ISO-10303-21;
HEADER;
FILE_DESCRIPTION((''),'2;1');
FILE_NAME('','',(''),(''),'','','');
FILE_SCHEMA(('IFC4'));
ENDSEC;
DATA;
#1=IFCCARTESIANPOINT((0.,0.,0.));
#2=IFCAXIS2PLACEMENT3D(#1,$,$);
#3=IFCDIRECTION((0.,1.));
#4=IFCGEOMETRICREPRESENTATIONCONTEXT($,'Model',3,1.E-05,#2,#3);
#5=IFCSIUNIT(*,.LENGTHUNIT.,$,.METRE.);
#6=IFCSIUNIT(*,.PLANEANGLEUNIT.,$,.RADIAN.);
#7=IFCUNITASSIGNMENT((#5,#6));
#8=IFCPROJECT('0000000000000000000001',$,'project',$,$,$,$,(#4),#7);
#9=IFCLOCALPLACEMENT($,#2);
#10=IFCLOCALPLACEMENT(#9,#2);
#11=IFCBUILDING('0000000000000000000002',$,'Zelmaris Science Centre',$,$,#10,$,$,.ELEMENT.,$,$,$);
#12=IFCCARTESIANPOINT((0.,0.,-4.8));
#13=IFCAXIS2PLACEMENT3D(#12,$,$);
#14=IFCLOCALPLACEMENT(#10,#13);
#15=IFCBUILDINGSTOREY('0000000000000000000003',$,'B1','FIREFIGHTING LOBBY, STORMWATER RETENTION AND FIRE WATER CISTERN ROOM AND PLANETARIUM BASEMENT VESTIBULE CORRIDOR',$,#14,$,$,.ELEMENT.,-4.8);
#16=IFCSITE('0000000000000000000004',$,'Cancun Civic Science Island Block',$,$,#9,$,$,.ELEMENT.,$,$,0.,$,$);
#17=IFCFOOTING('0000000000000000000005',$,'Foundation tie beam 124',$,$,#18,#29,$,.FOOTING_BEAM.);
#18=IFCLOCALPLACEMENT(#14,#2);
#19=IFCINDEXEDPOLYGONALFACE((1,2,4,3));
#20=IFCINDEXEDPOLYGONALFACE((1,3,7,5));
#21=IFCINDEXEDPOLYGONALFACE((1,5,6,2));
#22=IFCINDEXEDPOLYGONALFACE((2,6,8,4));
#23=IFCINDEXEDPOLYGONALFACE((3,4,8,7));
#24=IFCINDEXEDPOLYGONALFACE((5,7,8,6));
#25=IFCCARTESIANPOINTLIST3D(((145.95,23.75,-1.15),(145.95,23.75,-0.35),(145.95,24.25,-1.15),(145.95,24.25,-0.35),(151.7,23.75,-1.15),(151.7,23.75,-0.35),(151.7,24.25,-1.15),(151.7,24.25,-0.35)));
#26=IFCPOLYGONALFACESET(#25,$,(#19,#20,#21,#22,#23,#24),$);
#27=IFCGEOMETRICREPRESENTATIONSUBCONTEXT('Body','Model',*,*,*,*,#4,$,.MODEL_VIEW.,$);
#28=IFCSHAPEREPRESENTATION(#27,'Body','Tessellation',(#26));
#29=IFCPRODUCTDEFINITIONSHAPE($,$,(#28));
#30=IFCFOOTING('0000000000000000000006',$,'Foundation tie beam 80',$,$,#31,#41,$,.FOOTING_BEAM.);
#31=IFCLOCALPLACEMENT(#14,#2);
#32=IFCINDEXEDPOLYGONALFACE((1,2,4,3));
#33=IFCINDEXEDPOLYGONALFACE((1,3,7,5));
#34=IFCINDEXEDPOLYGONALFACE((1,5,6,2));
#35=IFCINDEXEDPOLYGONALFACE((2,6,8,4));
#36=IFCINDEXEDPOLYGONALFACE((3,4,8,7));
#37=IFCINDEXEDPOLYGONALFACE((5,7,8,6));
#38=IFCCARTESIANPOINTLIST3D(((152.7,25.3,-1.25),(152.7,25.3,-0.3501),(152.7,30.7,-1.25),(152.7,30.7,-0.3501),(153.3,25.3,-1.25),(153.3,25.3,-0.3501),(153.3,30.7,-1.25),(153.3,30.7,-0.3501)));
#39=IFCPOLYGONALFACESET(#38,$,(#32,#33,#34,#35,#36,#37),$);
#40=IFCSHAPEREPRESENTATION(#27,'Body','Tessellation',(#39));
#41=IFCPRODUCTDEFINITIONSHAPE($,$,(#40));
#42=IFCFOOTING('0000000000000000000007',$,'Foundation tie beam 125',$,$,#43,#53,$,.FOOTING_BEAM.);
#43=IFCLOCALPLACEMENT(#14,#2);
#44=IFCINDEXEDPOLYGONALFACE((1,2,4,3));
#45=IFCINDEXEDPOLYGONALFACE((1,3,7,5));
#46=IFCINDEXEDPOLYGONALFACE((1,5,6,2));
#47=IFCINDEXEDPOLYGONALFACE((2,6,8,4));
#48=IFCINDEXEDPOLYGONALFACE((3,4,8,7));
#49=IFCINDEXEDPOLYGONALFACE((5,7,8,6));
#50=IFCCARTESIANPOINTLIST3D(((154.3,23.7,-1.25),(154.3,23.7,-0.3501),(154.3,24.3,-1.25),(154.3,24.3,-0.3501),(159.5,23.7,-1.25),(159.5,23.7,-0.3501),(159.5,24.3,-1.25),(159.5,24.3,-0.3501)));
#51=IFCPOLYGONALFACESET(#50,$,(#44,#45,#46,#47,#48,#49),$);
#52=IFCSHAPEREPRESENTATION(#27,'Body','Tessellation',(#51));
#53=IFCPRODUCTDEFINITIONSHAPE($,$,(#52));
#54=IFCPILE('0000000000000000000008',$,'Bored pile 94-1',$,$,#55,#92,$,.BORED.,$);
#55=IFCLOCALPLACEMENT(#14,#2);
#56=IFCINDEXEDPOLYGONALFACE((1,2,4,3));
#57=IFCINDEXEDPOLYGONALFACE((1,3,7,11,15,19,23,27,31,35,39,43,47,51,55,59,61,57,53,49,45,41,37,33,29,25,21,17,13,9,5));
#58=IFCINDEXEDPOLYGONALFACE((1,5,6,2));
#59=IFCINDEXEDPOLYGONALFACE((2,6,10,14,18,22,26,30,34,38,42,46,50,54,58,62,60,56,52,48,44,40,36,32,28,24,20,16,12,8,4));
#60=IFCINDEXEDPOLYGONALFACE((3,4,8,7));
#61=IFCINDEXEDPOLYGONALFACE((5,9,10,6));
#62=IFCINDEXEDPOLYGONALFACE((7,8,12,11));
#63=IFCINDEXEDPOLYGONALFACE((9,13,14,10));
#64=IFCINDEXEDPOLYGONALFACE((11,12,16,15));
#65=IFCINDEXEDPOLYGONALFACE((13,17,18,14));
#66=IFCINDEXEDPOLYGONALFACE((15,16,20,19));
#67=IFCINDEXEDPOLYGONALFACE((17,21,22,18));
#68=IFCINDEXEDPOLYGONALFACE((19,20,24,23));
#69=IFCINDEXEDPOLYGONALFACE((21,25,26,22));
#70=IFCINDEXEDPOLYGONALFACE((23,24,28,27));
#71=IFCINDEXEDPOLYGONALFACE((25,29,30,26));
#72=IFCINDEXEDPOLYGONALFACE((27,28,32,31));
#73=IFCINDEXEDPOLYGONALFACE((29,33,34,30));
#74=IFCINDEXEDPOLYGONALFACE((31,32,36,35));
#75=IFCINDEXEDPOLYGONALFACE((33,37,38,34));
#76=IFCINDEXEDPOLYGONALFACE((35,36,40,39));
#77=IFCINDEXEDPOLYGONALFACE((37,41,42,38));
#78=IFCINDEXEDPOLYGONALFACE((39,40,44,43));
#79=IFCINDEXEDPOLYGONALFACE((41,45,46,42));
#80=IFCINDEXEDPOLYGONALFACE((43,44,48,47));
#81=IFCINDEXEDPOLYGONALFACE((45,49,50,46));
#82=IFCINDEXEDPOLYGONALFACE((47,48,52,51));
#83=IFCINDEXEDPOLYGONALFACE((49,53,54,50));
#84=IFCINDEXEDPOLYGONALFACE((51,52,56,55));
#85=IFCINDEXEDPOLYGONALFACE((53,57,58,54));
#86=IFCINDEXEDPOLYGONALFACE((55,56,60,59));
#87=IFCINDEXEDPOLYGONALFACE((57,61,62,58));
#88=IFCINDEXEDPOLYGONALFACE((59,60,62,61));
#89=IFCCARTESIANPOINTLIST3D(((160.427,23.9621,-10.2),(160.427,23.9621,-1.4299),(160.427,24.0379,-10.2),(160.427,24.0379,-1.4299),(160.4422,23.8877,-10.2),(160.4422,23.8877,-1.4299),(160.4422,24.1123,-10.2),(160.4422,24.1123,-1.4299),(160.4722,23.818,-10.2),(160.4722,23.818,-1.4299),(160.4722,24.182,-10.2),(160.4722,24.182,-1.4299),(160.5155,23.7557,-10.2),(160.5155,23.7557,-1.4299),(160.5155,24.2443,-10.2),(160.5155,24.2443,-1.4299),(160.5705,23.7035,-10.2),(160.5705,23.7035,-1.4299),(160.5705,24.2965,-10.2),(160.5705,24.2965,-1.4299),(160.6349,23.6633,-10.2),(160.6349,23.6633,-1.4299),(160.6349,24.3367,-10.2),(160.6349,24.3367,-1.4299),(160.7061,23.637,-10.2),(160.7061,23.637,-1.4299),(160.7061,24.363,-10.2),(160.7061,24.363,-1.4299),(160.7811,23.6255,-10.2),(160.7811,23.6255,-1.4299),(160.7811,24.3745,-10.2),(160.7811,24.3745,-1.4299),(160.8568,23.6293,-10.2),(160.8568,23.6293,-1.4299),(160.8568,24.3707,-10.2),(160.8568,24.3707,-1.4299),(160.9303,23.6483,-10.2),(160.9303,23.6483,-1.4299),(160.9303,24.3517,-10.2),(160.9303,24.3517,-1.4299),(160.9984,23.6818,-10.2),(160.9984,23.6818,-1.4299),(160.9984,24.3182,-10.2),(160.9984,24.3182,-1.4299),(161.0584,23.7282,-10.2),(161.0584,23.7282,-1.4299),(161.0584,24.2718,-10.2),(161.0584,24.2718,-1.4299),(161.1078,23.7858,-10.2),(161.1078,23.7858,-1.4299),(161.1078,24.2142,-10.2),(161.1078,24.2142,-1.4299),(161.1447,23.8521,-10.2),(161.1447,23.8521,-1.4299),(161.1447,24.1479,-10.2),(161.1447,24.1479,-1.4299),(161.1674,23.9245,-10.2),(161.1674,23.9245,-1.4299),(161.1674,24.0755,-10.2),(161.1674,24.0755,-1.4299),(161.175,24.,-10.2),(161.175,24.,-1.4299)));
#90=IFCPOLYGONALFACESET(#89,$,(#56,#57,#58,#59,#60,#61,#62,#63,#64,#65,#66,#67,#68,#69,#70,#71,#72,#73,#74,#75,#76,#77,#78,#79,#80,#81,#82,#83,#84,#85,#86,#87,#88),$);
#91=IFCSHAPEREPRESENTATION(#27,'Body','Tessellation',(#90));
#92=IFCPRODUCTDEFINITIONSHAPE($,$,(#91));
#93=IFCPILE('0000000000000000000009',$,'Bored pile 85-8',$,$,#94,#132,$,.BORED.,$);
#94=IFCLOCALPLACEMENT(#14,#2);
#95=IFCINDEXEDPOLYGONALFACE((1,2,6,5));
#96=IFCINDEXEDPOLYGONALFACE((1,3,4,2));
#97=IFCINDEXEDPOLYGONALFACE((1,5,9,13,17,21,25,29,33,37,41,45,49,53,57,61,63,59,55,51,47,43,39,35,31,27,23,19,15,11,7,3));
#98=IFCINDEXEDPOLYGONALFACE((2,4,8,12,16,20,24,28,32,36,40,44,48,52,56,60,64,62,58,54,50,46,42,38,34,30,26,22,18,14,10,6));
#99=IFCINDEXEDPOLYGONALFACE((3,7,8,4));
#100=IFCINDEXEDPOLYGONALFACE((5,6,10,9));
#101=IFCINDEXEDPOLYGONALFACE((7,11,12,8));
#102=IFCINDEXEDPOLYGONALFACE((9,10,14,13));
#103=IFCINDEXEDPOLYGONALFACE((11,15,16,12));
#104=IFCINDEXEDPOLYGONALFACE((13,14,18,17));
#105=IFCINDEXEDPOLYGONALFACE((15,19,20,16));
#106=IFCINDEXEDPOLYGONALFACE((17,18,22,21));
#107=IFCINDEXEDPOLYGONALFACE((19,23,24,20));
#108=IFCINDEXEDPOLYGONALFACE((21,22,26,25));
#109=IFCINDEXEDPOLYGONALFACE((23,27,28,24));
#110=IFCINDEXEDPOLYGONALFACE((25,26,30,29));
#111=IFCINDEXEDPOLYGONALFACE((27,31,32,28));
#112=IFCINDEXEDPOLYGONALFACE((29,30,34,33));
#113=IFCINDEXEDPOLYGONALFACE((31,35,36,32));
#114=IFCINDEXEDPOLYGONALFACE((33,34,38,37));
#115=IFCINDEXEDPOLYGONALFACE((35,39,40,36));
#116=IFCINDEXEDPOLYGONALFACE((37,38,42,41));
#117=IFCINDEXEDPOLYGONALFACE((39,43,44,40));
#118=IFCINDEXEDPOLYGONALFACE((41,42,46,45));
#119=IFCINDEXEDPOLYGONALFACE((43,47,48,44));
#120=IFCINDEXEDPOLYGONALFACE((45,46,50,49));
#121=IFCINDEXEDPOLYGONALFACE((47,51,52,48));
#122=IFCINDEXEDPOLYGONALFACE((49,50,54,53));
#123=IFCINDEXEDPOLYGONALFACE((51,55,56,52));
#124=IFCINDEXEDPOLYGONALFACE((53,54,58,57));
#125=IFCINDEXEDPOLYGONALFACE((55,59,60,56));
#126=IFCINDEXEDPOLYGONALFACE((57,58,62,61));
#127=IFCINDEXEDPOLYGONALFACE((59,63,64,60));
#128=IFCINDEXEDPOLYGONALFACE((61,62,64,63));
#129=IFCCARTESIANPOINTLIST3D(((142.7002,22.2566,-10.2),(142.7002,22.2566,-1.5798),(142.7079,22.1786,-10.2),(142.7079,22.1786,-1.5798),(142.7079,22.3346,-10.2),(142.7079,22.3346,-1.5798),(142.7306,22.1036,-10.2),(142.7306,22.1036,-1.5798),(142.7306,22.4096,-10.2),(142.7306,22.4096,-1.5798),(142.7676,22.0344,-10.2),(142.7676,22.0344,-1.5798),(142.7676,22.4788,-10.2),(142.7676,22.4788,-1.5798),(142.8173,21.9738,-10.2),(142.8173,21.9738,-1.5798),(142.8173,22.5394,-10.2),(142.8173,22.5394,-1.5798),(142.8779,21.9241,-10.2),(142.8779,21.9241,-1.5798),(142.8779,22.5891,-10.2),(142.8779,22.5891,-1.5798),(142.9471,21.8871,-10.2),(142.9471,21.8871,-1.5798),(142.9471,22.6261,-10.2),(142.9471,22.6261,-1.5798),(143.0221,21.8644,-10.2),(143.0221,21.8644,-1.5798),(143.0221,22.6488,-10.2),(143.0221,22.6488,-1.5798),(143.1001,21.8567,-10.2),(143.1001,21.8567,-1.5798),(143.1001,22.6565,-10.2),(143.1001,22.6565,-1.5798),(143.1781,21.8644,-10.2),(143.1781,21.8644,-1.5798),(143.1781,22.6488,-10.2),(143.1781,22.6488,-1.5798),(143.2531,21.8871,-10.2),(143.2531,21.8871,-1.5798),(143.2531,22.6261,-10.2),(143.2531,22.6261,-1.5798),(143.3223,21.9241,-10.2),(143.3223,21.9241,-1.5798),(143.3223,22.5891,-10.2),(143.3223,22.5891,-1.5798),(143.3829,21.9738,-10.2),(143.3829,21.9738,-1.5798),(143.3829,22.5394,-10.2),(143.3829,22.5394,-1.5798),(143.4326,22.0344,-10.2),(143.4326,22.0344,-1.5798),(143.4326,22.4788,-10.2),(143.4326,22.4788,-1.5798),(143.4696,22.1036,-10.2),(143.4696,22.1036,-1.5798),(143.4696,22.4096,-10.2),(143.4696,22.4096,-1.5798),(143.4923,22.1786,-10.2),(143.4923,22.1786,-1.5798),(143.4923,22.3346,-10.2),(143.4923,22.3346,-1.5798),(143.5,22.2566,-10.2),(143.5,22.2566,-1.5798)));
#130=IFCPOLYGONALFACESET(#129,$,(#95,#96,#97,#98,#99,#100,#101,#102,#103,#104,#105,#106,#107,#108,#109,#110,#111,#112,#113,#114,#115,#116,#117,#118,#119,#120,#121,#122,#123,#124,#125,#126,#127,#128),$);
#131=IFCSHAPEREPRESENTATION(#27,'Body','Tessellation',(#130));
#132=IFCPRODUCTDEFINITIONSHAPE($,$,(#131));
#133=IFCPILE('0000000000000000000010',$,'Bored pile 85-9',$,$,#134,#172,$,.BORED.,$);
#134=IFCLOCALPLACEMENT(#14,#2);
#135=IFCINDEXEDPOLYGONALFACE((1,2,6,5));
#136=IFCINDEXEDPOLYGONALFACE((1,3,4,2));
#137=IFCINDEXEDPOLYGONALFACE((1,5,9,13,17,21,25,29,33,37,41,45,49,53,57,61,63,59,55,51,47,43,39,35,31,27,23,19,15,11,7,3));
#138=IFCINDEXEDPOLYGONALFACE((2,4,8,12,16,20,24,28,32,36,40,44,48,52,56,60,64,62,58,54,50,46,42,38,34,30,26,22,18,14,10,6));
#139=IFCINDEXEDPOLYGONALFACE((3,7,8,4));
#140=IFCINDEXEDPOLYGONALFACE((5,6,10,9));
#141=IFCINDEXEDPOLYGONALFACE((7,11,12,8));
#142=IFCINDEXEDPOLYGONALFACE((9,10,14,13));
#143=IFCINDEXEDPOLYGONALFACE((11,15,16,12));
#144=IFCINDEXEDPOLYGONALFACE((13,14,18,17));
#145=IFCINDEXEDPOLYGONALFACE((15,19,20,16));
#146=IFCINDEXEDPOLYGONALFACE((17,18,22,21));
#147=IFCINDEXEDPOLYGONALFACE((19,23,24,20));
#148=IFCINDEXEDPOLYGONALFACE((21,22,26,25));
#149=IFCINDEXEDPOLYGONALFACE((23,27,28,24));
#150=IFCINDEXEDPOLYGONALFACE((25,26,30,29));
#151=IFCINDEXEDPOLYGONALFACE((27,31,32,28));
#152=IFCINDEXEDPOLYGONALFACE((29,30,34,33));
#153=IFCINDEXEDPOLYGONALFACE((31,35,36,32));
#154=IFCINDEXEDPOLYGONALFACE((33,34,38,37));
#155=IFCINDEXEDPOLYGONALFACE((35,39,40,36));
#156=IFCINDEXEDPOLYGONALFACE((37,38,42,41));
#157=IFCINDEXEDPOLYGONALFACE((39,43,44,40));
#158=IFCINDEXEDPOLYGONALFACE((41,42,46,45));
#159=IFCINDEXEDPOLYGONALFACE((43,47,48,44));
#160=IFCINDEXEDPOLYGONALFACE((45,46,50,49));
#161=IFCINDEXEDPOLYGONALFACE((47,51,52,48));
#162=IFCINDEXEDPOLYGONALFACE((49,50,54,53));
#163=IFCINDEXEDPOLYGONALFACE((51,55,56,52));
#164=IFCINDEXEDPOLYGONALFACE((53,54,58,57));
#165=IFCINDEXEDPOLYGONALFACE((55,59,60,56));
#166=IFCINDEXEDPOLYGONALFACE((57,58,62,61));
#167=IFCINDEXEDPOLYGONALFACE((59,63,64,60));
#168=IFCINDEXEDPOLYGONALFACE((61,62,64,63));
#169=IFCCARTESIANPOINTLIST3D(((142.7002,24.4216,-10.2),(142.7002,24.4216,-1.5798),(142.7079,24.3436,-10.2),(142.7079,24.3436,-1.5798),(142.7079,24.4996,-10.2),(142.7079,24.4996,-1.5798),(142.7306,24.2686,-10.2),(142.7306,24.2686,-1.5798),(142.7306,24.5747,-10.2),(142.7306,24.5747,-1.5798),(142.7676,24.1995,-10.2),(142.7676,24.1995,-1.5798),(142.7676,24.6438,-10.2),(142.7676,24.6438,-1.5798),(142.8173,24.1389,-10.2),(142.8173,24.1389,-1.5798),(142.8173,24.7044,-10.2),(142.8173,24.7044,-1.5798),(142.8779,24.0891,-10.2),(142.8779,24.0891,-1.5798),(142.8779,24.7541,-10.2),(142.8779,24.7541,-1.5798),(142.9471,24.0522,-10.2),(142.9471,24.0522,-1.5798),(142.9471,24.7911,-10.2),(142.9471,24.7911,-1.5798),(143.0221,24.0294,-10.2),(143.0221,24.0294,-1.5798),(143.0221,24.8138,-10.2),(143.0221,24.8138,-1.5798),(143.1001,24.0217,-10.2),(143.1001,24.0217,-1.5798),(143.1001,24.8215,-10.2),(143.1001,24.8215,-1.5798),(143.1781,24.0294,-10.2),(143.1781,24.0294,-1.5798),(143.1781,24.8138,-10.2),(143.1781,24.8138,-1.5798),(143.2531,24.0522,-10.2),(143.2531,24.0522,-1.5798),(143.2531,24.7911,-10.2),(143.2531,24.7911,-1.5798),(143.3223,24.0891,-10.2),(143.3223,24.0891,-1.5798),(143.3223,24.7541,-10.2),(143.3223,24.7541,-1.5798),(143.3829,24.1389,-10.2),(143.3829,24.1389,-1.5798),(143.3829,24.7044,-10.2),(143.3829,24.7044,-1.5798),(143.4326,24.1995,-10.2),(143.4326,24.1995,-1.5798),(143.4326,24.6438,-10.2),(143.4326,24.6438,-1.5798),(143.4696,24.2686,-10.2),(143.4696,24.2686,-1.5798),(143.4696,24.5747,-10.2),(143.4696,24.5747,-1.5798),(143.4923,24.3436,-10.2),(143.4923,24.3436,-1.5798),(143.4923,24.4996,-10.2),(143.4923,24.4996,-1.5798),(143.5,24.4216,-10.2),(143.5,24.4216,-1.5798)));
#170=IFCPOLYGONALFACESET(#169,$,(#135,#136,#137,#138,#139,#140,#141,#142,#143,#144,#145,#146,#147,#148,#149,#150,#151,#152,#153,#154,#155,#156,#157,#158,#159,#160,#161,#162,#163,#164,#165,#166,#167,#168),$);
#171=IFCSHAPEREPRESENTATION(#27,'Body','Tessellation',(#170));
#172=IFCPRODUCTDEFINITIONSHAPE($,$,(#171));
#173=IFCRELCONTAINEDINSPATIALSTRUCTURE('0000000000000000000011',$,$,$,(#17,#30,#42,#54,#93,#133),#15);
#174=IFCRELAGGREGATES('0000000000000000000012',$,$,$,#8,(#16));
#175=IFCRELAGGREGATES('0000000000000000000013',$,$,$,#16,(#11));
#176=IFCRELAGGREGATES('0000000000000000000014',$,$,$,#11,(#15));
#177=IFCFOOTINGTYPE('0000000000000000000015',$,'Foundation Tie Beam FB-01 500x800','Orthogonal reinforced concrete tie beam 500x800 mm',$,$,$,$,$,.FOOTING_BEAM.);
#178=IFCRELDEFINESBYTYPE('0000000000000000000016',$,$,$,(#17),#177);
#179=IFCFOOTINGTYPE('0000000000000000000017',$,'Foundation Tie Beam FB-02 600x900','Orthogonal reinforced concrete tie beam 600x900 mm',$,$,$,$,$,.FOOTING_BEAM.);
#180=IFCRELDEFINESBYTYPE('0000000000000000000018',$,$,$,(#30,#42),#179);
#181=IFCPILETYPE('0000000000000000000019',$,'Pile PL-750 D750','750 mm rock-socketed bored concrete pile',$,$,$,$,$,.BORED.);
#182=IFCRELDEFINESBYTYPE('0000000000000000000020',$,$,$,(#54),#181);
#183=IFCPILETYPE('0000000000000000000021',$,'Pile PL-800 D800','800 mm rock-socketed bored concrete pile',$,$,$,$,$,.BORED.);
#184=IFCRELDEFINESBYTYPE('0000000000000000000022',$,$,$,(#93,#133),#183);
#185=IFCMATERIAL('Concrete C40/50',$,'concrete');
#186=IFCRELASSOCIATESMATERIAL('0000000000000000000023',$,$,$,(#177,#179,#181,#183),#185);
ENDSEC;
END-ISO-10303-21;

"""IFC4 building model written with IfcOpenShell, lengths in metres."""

from ifc_helpers import new_model, si_unit, direction, frame, origin, origin_2d, place, context, subcontext, project, spatial, rectangle, circle, extrude, material, material_profile, profile_set, type_object, element, save


model = new_model("IFC4")

# Units and contexts
model_context = context("Model", 3, precision=1e-05, world=origin(), true_north=direction((0.0, 1.0)))
body_context = subcontext(model_context, "Body", "Model", "MODEL_VIEW")
ifc_project = project(units=[si_unit("LENGTHUNIT", "METRE"), si_unit("PLANEANGLEUNIT", "RADIAN")], contexts=[model_context])

# Site, building, storey
site_placement = place(None, origin())
site = spatial("IfcSite", under=ifc_project, at=site_placement, Name="Cancun Civic Science Island Block", CompositionType="ELEMENT", RefElevation=0.0)
building_placement = place(site_placement, origin())
building = spatial("IfcBuilding", under=site, at=building_placement, Name="Zelmaris Science Centre", CompositionType="ELEMENT")
storey_placement = place(building_placement, frame((0.0, 0.0, -4.8)))
storey = spatial("IfcBuildingStorey", under=building, at=storey_placement, Name="B1", Description="FIREFIGHTING LOBBY, STORMWATER RETENTION AND FIRE WATER CISTERN ROOM AND PLANETARIUM BASEMENT VESTIBULE CORRIDOR", CompositionType="ELEMENT", Elevation=-4.8)

# Footings
ifc_material_1 = material(Name="Concrete C40/50", Category="concrete")
ifc_material_profile_1 = material_profile(ifc_material_1, rectangle(XDim=0.5, YDim=0.8, at=origin_2d()), Name="FB-500X800")
ifc_profile_set_1 = profile_set([ifc_material_profile_1], Name="Concrete C40/50")
footing_type_1 = type_object("IfcFootingType", Name="Foundation Tie Beam FB-01 500x800", Description="Orthogonal reinforced concrete tie beam 500x800 mm", PredefinedType="FOOTING_BEAM", material=ifc_profile_set_1)
footing_1_placement = place(storey_placement, frame((145.95, 24.0, -0.75), z_axis=(1.0, 0.0, 0.0), x_axis=(0.0, 1.0, 0.0)))
element("IfcFooting", 1, at=footing_1_placement, inside=storey, type_object=footing_type_1, Name="Foundation tie beam 124", PredefinedType="FOOTING_BEAM", context=body_context, shape_type="SweptSolid", body=[
    extrude(rectangle(XDim=0.5, YDim=0.8, at=origin_2d()), origin(), (0.0, 0.0, 1.0), 5.75),
])
ifc_material_profile_2 = material_profile(ifc_material_1, rectangle(XDim=0.6001, YDim=0.8999, at=origin_2d()), Name="FB-600X900")
ifc_profile_set_2 = profile_set([ifc_material_profile_2], Name="Concrete C40/50")
footing_type_2 = type_object("IfcFootingType", Name="Foundation Tie Beam FB-02 600x900", Description="Orthogonal reinforced concrete tie beam 600x900 mm", PredefinedType="FOOTING_BEAM", material=ifc_profile_set_2)
footing_2_placement = place(storey_placement, frame((153.0, 25.3, -0.8), z_axis=(0.0, 1.0, 0.0), x_axis=(-1.0, 0.0, 0.0)))
element("IfcFooting", 2, at=footing_2_placement, inside=storey, type_object=footing_type_2, Name="Foundation tie beam 80", PredefinedType="FOOTING_BEAM", context=body_context, shape_type="SweptSolid", body=[
    extrude(rectangle(XDim=0.6001, YDim=0.8999, at=origin_2d()), origin(), (0.0, 0.0, 1.0), 5.3999),
])
footing_3_placement = place(storey_placement, frame((154.3, 24.0, -0.8), z_axis=(1.0, 0.0, 0.0), x_axis=(0.0, 1.0, 0.0)))
element("IfcFooting", 3, at=footing_3_placement, inside=storey, type_object=footing_type_2, Name="Foundation tie beam 125", PredefinedType="FOOTING_BEAM", context=body_context, shape_type="SweptSolid", body=[
    extrude(rectangle(XDim=0.6001, YDim=0.8999, at=origin_2d()), origin(), (0.0, 0.0, 1.0), 5.2),
])

# Piles
ifc_material_profile_3 = material_profile(ifc_material_1, circle(Radius=0.375, at=origin_2d()), Name="PILE-750")
ifc_profile_set_3 = profile_set([ifc_material_profile_3], Name="Concrete C40/50")
pile_type_1 = type_object("IfcPileType", Name="Pile PL-750 D750", Description="750 mm rock-socketed bored concrete pile", PredefinedType="BORED", material=ifc_profile_set_3)
pile_1_placement = place(storey_placement, frame((160.8, 24.0, -1.4299), z_axis=(0.0, 0.0, -1.0), x_axis=(1.0, 0.0, 0.0)))
element("IfcPile", 4, at=pile_1_placement, inside=storey, type_object=pile_type_1, Name="Bored pile 94-1", PredefinedType="BORED", context=body_context, shape_type="SweptSolid", body=[
    extrude(circle(Radius=0.375, at=origin_2d()), origin(), (0.0, 0.0, 1.0), 8.77),
])
ifc_material_profile_4 = material_profile(ifc_material_1, circle(Radius=0.3999, at=origin_2d()), Name="PILE-800")
ifc_profile_set_4 = profile_set([ifc_material_profile_4], Name="Concrete C40/50")
pile_type_2 = type_object("IfcPileType", Name="Pile PL-800 D800", Description="800 mm rock-socketed bored concrete pile", PredefinedType="BORED", material=ifc_profile_set_4)
for number, where, z_axis, x_axis, name in (
    (5, (143.1001, 22.2566, -1.5798), (0.0, 0.0, -1.0), (1.0, 0.0, 0.0), "Bored pile 85-8"),
    (6, (143.1001, 24.4216, -1.5798), (0.0, 0.0, -1.0), (1.0, 0.0, 0.0), "Bored pile 85-9"),
):
    element("IfcPile", number, at=place(storey_placement, frame(where, z_axis=z_axis, x_axis=x_axis)), inside=storey, type_object=pile_type_2, Name=name, PredefinedType="BORED", context=body_context, shape_type="SweptSolid", body=[
        extrude(circle(Radius=0.3999, at=origin_2d()), origin(), (0.0, 0.0, 1.0), 8.6201),
    ])

save(model, "model.ifc")
